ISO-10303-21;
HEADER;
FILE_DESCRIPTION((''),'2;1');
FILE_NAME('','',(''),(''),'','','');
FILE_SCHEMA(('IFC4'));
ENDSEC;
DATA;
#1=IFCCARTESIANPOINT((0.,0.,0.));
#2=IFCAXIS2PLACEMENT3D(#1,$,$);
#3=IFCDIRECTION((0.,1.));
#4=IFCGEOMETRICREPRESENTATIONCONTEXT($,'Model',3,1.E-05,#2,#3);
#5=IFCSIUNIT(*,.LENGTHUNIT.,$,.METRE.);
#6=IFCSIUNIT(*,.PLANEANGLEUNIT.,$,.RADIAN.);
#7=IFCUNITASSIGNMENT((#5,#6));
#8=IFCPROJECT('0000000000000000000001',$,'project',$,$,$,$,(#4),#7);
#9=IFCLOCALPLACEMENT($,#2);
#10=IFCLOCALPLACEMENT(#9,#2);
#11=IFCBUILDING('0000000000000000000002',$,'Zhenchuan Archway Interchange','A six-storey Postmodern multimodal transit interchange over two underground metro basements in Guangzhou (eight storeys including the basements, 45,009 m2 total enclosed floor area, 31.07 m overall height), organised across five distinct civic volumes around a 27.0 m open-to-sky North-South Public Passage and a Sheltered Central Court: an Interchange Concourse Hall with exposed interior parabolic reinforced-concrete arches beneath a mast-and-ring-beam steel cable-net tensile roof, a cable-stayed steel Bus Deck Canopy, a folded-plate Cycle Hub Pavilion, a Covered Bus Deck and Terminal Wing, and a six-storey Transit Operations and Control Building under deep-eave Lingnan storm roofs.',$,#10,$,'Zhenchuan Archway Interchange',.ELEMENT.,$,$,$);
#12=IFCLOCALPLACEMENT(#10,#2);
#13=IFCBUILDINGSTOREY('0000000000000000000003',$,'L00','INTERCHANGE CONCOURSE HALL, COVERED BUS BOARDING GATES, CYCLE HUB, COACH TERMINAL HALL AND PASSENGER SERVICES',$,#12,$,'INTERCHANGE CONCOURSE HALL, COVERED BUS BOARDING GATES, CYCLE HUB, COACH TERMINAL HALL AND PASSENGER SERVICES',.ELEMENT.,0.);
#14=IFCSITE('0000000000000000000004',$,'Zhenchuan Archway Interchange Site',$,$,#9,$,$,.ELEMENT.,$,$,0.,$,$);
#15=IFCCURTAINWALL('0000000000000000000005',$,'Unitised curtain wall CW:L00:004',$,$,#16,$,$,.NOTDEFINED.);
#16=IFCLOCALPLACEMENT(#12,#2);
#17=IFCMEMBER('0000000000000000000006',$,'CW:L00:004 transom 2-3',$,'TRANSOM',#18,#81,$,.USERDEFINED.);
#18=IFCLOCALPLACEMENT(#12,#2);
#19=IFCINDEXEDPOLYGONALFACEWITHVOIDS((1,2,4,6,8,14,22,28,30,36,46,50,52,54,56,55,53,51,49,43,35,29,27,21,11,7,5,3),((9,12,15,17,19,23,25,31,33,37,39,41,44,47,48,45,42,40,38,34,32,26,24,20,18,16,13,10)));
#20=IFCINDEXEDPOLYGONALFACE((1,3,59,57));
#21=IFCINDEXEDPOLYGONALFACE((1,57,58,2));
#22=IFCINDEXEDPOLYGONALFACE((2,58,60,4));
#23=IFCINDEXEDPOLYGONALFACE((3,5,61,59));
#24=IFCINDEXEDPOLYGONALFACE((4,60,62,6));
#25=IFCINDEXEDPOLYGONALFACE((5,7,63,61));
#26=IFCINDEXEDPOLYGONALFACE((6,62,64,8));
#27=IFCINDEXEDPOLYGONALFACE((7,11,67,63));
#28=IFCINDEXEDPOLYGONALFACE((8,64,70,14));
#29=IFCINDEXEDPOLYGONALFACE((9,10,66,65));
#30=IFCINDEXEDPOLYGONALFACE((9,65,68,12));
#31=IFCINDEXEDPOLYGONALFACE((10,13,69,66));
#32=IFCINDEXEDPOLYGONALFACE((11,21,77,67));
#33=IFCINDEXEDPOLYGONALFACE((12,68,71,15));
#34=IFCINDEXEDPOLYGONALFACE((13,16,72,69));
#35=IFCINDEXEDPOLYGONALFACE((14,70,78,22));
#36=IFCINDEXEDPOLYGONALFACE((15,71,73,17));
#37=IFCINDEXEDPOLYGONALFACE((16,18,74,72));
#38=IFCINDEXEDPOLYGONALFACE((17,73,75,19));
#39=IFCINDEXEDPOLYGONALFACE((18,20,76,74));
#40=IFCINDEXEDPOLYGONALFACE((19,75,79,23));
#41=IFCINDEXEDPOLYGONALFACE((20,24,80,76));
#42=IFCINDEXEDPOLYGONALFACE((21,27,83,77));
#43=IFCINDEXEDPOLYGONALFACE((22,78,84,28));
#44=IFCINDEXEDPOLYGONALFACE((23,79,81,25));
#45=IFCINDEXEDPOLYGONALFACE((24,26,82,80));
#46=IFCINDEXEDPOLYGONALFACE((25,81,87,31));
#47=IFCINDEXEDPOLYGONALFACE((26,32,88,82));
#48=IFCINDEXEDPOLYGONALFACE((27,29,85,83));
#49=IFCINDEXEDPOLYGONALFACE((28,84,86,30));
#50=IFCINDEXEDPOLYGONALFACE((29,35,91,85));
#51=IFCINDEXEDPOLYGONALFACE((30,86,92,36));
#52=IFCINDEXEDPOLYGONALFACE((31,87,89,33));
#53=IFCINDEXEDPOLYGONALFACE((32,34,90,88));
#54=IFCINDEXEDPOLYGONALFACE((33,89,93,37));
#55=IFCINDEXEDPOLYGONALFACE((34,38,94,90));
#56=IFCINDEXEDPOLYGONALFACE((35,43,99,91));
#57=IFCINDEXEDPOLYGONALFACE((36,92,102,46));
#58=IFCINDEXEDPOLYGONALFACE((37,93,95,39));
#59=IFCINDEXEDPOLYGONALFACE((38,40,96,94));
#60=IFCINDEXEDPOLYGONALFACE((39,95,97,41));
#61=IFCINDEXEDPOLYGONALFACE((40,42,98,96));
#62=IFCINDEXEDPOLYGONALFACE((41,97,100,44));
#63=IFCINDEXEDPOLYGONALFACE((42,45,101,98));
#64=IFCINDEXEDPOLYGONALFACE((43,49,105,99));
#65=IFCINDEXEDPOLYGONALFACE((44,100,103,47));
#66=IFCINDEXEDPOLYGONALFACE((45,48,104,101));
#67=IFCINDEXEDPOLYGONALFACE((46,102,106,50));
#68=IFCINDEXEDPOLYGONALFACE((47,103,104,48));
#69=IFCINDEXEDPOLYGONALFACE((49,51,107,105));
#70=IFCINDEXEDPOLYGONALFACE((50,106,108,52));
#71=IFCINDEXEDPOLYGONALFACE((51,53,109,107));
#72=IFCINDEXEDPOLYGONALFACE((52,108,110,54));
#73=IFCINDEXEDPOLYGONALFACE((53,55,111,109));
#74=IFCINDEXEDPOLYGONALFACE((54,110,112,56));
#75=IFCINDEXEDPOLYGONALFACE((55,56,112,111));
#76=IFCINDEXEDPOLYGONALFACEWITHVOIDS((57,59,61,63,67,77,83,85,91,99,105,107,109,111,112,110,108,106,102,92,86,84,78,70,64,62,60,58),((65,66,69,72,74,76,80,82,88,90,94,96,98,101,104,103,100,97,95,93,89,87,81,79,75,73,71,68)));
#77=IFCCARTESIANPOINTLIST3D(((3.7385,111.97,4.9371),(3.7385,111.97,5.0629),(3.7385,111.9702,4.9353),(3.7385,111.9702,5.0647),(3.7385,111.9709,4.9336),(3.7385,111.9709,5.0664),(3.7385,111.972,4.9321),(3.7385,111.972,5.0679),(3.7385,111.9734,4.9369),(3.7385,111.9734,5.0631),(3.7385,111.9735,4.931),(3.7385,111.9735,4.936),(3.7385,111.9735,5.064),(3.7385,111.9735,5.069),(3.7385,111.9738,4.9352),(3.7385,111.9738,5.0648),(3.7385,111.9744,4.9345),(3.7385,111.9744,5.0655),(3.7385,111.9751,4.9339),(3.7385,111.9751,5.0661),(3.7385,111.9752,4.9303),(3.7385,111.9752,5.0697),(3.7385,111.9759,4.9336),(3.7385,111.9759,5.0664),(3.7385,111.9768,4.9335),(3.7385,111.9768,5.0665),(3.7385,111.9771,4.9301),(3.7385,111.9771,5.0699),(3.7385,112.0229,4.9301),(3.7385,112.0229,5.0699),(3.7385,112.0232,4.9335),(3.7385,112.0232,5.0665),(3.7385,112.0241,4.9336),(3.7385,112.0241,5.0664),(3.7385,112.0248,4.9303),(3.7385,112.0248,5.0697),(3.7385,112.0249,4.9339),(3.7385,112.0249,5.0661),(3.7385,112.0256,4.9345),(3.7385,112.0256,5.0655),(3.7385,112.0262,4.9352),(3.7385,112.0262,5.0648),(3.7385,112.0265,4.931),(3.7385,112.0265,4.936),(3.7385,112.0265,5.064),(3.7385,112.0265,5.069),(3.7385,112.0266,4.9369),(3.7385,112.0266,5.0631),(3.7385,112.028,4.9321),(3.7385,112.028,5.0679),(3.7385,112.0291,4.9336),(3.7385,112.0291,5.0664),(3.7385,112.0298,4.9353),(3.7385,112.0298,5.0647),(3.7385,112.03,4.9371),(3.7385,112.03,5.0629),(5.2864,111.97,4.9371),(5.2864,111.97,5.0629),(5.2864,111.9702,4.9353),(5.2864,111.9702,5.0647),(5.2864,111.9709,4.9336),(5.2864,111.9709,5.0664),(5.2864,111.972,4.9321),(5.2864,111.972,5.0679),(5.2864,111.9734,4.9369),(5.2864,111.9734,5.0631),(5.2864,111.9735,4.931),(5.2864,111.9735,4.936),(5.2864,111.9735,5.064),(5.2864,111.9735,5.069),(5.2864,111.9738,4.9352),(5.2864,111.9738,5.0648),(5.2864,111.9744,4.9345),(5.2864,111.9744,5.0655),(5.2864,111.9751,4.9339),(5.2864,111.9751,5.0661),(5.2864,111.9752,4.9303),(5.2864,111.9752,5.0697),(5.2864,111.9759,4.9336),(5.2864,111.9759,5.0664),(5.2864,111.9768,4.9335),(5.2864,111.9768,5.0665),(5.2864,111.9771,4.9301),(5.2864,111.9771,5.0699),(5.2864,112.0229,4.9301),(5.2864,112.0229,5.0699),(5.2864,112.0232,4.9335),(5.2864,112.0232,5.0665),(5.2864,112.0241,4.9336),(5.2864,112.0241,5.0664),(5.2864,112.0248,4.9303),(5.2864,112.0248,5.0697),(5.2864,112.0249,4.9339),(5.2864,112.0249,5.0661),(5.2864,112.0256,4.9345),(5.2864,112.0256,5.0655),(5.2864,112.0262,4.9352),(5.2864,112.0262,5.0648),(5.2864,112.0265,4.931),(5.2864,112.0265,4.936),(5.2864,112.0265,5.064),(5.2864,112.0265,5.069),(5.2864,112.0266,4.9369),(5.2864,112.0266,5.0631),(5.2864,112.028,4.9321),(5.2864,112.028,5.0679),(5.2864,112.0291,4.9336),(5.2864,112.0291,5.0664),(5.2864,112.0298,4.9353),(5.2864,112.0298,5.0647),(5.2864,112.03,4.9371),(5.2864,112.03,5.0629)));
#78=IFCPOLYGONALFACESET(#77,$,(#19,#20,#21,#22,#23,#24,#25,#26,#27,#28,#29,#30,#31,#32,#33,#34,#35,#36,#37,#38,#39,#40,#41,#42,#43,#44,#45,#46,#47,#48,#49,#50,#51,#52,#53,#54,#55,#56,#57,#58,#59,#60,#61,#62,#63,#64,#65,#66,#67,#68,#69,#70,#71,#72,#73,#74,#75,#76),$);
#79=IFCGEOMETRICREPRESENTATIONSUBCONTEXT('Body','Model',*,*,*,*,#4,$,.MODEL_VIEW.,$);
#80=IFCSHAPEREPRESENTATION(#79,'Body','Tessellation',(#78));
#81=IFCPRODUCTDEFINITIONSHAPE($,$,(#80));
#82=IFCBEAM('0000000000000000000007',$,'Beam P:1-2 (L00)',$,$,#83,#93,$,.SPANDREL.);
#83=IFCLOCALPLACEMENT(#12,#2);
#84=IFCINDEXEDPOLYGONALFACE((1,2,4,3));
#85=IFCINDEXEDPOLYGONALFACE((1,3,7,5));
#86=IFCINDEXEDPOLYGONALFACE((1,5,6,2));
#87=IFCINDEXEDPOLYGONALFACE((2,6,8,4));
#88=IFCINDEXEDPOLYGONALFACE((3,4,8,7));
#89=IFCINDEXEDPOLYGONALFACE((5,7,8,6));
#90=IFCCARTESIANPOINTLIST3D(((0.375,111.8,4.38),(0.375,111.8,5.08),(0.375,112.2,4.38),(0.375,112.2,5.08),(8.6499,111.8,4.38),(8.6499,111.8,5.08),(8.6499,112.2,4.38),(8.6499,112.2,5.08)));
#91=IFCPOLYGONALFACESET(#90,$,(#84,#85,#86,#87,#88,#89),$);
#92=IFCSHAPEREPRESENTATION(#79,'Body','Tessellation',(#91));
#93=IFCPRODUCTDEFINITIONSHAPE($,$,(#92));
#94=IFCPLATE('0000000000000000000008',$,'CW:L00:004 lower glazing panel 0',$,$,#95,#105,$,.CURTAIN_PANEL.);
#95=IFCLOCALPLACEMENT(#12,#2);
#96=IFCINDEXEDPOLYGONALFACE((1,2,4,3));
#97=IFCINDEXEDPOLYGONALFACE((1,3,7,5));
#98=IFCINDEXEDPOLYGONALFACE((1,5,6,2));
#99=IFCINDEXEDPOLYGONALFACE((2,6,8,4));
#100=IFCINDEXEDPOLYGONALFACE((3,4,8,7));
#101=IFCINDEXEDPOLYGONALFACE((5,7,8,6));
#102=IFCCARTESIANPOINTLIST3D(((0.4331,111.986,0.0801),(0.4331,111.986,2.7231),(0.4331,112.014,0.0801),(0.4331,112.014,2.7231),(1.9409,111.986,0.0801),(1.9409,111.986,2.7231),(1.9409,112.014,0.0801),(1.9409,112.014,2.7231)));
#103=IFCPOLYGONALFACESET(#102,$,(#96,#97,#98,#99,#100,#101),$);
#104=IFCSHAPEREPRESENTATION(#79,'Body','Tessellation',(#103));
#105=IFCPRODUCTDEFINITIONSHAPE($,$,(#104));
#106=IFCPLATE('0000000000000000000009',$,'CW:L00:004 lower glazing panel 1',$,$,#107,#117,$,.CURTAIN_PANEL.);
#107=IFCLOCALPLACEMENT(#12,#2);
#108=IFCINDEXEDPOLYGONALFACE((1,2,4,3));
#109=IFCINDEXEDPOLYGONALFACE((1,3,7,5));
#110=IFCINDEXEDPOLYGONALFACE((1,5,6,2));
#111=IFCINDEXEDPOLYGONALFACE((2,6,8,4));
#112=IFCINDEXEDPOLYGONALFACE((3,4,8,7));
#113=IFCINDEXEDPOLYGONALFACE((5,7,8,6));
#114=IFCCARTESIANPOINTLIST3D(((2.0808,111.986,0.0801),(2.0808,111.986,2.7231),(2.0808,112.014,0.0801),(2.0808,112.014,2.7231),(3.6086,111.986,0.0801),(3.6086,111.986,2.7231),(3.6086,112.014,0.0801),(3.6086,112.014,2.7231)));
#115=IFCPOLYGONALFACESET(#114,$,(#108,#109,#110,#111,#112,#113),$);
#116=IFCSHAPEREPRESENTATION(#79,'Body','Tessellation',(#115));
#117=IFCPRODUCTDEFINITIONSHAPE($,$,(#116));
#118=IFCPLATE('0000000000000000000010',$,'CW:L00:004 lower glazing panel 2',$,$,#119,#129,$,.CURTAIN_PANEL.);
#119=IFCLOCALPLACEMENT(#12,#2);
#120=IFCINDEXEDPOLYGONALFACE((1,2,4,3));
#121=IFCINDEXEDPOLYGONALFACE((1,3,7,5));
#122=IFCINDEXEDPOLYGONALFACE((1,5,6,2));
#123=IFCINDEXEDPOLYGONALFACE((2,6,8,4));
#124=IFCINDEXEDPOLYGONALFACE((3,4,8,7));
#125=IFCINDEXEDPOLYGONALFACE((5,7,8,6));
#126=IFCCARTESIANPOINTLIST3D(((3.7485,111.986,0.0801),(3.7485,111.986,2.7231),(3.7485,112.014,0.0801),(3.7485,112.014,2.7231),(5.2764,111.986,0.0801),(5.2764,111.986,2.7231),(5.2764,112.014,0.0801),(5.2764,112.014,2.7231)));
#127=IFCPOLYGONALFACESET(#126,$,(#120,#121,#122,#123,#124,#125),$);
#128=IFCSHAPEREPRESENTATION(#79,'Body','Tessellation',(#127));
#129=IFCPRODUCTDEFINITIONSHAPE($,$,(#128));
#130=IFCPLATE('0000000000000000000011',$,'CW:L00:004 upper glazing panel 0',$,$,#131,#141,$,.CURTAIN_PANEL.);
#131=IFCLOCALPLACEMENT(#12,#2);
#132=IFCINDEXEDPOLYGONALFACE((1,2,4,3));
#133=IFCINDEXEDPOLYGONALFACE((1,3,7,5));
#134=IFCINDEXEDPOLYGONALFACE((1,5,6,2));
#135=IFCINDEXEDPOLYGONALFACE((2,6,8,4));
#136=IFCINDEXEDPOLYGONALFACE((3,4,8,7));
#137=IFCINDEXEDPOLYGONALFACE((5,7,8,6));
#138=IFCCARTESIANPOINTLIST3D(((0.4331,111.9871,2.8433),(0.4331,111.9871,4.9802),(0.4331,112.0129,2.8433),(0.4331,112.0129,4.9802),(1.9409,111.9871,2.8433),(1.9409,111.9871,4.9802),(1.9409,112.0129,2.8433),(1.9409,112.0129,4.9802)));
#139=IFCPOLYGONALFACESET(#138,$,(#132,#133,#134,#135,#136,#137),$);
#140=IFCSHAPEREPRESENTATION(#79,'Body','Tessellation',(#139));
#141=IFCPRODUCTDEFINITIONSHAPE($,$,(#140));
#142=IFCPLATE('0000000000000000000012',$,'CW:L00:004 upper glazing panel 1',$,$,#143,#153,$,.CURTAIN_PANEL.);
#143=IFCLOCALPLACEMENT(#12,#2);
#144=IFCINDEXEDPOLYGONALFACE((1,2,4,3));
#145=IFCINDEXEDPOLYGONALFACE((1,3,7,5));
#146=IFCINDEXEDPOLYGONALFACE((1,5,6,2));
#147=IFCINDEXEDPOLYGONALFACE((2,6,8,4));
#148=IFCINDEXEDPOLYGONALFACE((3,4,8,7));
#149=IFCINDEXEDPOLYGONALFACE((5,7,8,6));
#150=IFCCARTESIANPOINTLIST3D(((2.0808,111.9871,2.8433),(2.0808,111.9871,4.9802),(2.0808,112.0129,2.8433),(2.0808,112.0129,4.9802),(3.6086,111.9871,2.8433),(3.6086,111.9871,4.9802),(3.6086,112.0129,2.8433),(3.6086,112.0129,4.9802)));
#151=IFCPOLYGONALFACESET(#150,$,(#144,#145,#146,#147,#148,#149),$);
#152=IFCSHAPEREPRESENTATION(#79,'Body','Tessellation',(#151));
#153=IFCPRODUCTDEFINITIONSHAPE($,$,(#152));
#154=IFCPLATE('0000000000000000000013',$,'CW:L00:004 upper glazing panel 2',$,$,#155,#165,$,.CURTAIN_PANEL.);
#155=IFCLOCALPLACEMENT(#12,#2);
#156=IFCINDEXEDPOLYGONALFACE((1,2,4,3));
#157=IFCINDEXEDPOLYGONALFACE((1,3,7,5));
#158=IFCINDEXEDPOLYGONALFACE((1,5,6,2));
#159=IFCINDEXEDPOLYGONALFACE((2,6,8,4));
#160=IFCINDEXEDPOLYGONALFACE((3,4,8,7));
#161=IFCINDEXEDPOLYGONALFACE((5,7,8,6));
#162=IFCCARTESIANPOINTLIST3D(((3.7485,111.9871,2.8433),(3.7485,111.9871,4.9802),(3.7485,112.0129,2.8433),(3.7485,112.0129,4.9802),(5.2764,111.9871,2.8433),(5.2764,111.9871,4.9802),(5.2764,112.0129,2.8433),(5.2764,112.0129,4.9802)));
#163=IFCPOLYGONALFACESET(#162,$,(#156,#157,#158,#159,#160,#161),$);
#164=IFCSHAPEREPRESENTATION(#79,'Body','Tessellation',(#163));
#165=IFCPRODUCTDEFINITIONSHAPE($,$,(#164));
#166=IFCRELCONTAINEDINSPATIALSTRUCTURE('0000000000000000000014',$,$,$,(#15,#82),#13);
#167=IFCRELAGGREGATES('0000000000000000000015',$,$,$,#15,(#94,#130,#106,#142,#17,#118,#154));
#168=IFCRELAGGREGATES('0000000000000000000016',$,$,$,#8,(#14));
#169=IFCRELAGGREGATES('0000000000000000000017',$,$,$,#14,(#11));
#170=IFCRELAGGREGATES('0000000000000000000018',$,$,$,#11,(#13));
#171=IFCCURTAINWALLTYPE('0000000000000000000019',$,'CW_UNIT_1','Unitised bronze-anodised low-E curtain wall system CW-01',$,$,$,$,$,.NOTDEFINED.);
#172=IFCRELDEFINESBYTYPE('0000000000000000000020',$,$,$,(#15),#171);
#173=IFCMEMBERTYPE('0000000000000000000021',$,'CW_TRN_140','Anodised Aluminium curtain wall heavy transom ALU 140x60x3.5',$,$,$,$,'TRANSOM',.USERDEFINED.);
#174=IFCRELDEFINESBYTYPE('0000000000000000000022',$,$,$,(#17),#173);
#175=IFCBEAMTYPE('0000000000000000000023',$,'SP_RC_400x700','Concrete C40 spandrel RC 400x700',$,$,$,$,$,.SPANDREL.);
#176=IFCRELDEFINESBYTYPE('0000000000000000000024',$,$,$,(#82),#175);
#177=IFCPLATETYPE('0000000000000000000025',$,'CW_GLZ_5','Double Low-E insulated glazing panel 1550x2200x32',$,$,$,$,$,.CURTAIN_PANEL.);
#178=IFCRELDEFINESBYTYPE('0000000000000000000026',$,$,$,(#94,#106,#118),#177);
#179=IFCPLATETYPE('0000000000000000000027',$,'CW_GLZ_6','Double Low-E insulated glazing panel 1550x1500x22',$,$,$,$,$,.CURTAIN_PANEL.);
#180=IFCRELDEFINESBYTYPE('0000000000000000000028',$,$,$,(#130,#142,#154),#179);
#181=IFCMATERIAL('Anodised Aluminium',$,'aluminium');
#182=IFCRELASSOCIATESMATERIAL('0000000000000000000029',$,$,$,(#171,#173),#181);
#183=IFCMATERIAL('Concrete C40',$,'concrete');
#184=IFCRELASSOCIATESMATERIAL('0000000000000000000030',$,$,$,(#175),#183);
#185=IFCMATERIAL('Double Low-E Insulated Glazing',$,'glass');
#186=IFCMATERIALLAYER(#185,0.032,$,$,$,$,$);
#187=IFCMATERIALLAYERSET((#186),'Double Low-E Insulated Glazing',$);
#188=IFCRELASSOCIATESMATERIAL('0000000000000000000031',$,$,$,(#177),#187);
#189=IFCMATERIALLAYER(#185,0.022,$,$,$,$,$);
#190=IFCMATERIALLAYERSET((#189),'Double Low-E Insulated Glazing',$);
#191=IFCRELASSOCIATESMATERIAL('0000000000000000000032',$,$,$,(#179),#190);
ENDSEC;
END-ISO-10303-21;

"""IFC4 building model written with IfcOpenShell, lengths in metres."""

from ifc_helpers import new_model, si_unit, direction, frame, origin, origin_2d, place, context, subcontext, project, spatial, rectangle, hollow_rectangle, extrude, material, layer, layer_set, material_profile, profile_set, type_object, element, aggregate, save


model = new_model("IFC4")

# Units and contexts
model_context = context("Model", 3, precision=1e-05, world=origin(), true_north=direction((0.0, 1.0)))
body_context = subcontext(model_context, "Body", "Model", "MODEL_VIEW")
ifc_project = project(units=[si_unit("LENGTHUNIT", "METRE"), si_unit("PLANEANGLEUNIT", "RADIAN")], contexts=[model_context])

# Site, building, storey
site_placement = place(None, origin())
site = spatial("IfcSite", under=ifc_project, at=site_placement, Name="Zhenchuan Archway Interchange Site", CompositionType="ELEMENT", RefElevation=0.0)
building_placement = place(site_placement, origin())
building = spatial("IfcBuilding", under=site, at=building_placement, Name="Zhenchuan Archway Interchange", Description="A six-storey Postmodern multimodal transit interchange over two underground metro basements in Guangzhou (eight storeys including the basements, 45,009 m2 total enclosed floor area, 31.07 m overall height), organised across five distinct civic volumes around a 27.0 m open-to-sky North-South Public Passage and a Sheltered Central Court: an Interchange Concourse Hall with exposed interior parabolic reinforced-concrete arches beneath a mast-and-ring-beam steel cable-net tensile roof, a cable-stayed steel Bus Deck Canopy, a folded-plate Cycle Hub Pavilion, a Covered Bus Deck and Terminal Wing, and a six-storey Transit Operations and Control Building under deep-eave Lingnan storm roofs.", LongName="Zhenchuan Archway Interchange", CompositionType="ELEMENT")
storey_placement = place(building_placement, origin())
storey = spatial("IfcBuildingStorey", under=building, at=storey_placement, Name="L00", Description="INTERCHANGE CONCOURSE HALL, COVERED BUS BOARDING GATES, CYCLE HUB, COACH TERMINAL HALL AND PASSENGER SERVICES", LongName="INTERCHANGE CONCOURSE HALL, COVERED BUS BOARDING GATES, CYCLE HUB, COACH TERMINAL HALL AND PASSENGER SERVICES", CompositionType="ELEMENT", Elevation=0.0)

# Shared definitions
ifc_material_1 = material(Name="Concrete C40", Category="concrete")

# Curtain wall, member
ifc_material_2 = material(Name="Anodised Aluminium", Category="aluminium")
curtain_wall_type = type_object("IfcCurtainWallType", Name="CW_UNIT_1", Description="Unitised bronze-anodised low-E curtain wall system CW-01", PredefinedType="NOTDEFINED", material=ifc_material_2)
curtain_wall_placement = place(storey_placement, origin())
curtain_wall = element("IfcCurtainWall", 1, at=curtain_wall_placement, inside=storey, type_object=curtain_wall_type, Name="Unitised curtain wall CW:L00:004", PredefinedType="NOTDEFINED")
ifc_material_profile_1 = material_profile(ifc_material_2, hollow_rectangle(XDim=0.0601, YDim=0.1399, WallThickness=0.0034, InnerFilletRadius=0.0034, OuterFilletRadius=0.0071, at=origin_2d()), Name="ALU 140x60x3.5")
ifc_profile_set_1 = profile_set([ifc_material_profile_1], Name="Anodised Aluminium")
member_type_1 = type_object("IfcMemberType", Name="CW_TRN_140", Description="Anodised Aluminium curtain wall heavy transom ALU 140x60x3.5", ElementType="TRANSOM", PredefinedType="USERDEFINED", material=ifc_profile_set_1)
member_1_placement = place(storey_placement, frame((3.7385, 112.0, 5.0), z_axis=(1.0, 0.0, 0.0), x_axis=(0.0, 1.0, 0.0)))
member_1 = element("IfcMember", 2, at=member_1_placement, type_object=member_type_1, Name="CW:L00:004 transom 2-3", ObjectType="TRANSOM", PredefinedType="USERDEFINED", context=body_context, shape_type="SweptSolid", body=[
    extrude(hollow_rectangle(XDim=0.0601, YDim=0.1399, WallThickness=0.0034, InnerFilletRadius=0.0034, OuterFilletRadius=0.0071, at=origin_2d()), origin(), (0.0, 0.0, 1.0), 1.5479),
])

# Beam
ifc_material_profile_2 = material_profile(ifc_material_1, rectangle(XDim=0.3999, YDim=0.7, at=origin_2d()), Name="RC 400x700")
ifc_profile_set_2 = profile_set([ifc_material_profile_2], Name="Concrete C40")
beam_type = type_object("IfcBeamType", Name="SP_RC_400x700", Description="Concrete C40 spandrel RC 400x700", PredefinedType="SPANDREL", material=ifc_profile_set_2)
beam_placement = place(storey_placement, frame((0.375, 112.0, 4.73), z_axis=(1.0, 0.0, 0.0), x_axis=(0.0, 1.0, 0.0)))
element("IfcBeam", 3, at=beam_placement, inside=storey, type_object=beam_type, Name="Beam P:1-2 (L00)", PredefinedType="SPANDREL", context=body_context, shape_type="SweptSolid", body=[
    extrude(rectangle(XDim=0.3999, YDim=0.7, at=origin_2d()), origin(), (0.0, 0.0, 1.0), 8.2749),
])

# Plates
ifc_material_3 = material(Name="Double Low-E Insulated Glazing", Category="glass")
ifc_layer_1 = layer(ifc_material_3, 0.032)
ifc_layer_set_1 = layer_set([ifc_layer_1], Name="Double Low-E Insulated Glazing")
plate_type_1 = type_object("IfcPlateType", Name="CW_GLZ_5", Description="Double Low-E insulated glazing panel 1550x2200x32", PredefinedType="CURTAIN_PANEL", material=ifc_layer_set_1)
plate_1_placement = place(storey_placement, frame((1.187, 112.0, 0.0801), z_axis=(0.0, 0.0, 1.0), x_axis=(1.0, 0.0, 0.0)))
plate_1 = element("IfcPlate", 4, at=plate_1_placement, type_object=plate_type_1, Name="CW:L00:004 lower glazing panel 0", PredefinedType="CURTAIN_PANEL", context=body_context, shape_type="SweptSolid", body=[
    extrude(rectangle(XDim=1.5078, YDim=0.0281, at=origin_2d()), origin(), (0.0, 0.0, 1.0), 2.6431),
])
plate_2_placement = place(storey_placement, frame((2.8447, 112.0, 0.0801), z_axis=(0.0, 0.0, 1.0), x_axis=(1.0, 0.0, 0.0)))
plate_2 = element("IfcPlate", 5, at=plate_2_placement, type_object=plate_type_1, Name="CW:L00:004 lower glazing panel 1", PredefinedType="CURTAIN_PANEL", context=body_context, shape_type="SweptSolid", body=[
    extrude(rectangle(XDim=1.5278, YDim=0.0281, at=origin_2d()), origin(), (0.0, 0.0, 1.0), 2.6431),
])
plate_3_placement = place(storey_placement, frame((4.5125, 112.0, 0.0801), z_axis=(0.0, 0.0, 1.0), x_axis=(1.0, 0.0, 0.0)))
plate_3 = element("IfcPlate", 6, at=plate_3_placement, type_object=plate_type_1, Name="CW:L00:004 lower glazing panel 2", PredefinedType="CURTAIN_PANEL", context=body_context, shape_type="SweptSolid", body=[
    extrude(rectangle(XDim=1.5278, YDim=0.0281, at=origin_2d()), origin(), (0.0, 0.0, 1.0), 2.6431),
])
ifc_layer_2 = layer(ifc_material_3, 0.022)
ifc_layer_set_2 = layer_set([ifc_layer_2], Name="Double Low-E Insulated Glazing")
plate_type_2 = type_object("IfcPlateType", Name="CW_GLZ_6", Description="Double Low-E insulated glazing panel 1550x1500x22", PredefinedType="CURTAIN_PANEL", material=ifc_layer_set_2)
plate_4_placement = place(storey_placement, frame((1.187, 112.0, 2.8433), z_axis=(0.0, 0.0, 1.0), x_axis=(1.0, 0.0, 0.0)))
plate_4 = element("IfcPlate", 7, at=plate_4_placement, type_object=plate_type_2, Name="CW:L00:004 upper glazing panel 0", PredefinedType="CURTAIN_PANEL", context=body_context, shape_type="SweptSolid", body=[
    extrude(rectangle(XDim=1.5078, YDim=0.0259, at=origin_2d()), origin(), (0.0, 0.0, 1.0), 2.137),
])
plate_5_placement = place(storey_placement, frame((2.8447, 112.0, 2.8433), z_axis=(0.0, 0.0, 1.0), x_axis=(1.0, 0.0, 0.0)))
plate_5 = element("IfcPlate", 8, at=plate_5_placement, type_object=plate_type_2, Name="CW:L00:004 upper glazing panel 1", PredefinedType="CURTAIN_PANEL", context=body_context, shape_type="SweptSolid", body=[
    extrude(rectangle(XDim=1.5278, YDim=0.0259, at=origin_2d()), origin(), (0.0, 0.0, 1.0), 2.137),
])
plate_6_placement = place(storey_placement, frame((4.5125, 112.0, 2.8433), z_axis=(0.0, 0.0, 1.0), x_axis=(1.0, 0.0, 0.0)))
plate_6 = element("IfcPlate", 9, at=plate_6_placement, type_object=plate_type_2, Name="CW:L00:004 upper glazing panel 2", PredefinedType="CURTAIN_PANEL", context=body_context, shape_type="SweptSolid", body=[
    extrude(rectangle(XDim=1.5278, YDim=0.0259, at=origin_2d()), origin(), (0.0, 0.0, 1.0), 2.137),
])
aggregate(curtain_wall, [plate_1, plate_4, plate_2, plate_5, member_1, plate_3, plate_6])

save(model, "model.ifc")
